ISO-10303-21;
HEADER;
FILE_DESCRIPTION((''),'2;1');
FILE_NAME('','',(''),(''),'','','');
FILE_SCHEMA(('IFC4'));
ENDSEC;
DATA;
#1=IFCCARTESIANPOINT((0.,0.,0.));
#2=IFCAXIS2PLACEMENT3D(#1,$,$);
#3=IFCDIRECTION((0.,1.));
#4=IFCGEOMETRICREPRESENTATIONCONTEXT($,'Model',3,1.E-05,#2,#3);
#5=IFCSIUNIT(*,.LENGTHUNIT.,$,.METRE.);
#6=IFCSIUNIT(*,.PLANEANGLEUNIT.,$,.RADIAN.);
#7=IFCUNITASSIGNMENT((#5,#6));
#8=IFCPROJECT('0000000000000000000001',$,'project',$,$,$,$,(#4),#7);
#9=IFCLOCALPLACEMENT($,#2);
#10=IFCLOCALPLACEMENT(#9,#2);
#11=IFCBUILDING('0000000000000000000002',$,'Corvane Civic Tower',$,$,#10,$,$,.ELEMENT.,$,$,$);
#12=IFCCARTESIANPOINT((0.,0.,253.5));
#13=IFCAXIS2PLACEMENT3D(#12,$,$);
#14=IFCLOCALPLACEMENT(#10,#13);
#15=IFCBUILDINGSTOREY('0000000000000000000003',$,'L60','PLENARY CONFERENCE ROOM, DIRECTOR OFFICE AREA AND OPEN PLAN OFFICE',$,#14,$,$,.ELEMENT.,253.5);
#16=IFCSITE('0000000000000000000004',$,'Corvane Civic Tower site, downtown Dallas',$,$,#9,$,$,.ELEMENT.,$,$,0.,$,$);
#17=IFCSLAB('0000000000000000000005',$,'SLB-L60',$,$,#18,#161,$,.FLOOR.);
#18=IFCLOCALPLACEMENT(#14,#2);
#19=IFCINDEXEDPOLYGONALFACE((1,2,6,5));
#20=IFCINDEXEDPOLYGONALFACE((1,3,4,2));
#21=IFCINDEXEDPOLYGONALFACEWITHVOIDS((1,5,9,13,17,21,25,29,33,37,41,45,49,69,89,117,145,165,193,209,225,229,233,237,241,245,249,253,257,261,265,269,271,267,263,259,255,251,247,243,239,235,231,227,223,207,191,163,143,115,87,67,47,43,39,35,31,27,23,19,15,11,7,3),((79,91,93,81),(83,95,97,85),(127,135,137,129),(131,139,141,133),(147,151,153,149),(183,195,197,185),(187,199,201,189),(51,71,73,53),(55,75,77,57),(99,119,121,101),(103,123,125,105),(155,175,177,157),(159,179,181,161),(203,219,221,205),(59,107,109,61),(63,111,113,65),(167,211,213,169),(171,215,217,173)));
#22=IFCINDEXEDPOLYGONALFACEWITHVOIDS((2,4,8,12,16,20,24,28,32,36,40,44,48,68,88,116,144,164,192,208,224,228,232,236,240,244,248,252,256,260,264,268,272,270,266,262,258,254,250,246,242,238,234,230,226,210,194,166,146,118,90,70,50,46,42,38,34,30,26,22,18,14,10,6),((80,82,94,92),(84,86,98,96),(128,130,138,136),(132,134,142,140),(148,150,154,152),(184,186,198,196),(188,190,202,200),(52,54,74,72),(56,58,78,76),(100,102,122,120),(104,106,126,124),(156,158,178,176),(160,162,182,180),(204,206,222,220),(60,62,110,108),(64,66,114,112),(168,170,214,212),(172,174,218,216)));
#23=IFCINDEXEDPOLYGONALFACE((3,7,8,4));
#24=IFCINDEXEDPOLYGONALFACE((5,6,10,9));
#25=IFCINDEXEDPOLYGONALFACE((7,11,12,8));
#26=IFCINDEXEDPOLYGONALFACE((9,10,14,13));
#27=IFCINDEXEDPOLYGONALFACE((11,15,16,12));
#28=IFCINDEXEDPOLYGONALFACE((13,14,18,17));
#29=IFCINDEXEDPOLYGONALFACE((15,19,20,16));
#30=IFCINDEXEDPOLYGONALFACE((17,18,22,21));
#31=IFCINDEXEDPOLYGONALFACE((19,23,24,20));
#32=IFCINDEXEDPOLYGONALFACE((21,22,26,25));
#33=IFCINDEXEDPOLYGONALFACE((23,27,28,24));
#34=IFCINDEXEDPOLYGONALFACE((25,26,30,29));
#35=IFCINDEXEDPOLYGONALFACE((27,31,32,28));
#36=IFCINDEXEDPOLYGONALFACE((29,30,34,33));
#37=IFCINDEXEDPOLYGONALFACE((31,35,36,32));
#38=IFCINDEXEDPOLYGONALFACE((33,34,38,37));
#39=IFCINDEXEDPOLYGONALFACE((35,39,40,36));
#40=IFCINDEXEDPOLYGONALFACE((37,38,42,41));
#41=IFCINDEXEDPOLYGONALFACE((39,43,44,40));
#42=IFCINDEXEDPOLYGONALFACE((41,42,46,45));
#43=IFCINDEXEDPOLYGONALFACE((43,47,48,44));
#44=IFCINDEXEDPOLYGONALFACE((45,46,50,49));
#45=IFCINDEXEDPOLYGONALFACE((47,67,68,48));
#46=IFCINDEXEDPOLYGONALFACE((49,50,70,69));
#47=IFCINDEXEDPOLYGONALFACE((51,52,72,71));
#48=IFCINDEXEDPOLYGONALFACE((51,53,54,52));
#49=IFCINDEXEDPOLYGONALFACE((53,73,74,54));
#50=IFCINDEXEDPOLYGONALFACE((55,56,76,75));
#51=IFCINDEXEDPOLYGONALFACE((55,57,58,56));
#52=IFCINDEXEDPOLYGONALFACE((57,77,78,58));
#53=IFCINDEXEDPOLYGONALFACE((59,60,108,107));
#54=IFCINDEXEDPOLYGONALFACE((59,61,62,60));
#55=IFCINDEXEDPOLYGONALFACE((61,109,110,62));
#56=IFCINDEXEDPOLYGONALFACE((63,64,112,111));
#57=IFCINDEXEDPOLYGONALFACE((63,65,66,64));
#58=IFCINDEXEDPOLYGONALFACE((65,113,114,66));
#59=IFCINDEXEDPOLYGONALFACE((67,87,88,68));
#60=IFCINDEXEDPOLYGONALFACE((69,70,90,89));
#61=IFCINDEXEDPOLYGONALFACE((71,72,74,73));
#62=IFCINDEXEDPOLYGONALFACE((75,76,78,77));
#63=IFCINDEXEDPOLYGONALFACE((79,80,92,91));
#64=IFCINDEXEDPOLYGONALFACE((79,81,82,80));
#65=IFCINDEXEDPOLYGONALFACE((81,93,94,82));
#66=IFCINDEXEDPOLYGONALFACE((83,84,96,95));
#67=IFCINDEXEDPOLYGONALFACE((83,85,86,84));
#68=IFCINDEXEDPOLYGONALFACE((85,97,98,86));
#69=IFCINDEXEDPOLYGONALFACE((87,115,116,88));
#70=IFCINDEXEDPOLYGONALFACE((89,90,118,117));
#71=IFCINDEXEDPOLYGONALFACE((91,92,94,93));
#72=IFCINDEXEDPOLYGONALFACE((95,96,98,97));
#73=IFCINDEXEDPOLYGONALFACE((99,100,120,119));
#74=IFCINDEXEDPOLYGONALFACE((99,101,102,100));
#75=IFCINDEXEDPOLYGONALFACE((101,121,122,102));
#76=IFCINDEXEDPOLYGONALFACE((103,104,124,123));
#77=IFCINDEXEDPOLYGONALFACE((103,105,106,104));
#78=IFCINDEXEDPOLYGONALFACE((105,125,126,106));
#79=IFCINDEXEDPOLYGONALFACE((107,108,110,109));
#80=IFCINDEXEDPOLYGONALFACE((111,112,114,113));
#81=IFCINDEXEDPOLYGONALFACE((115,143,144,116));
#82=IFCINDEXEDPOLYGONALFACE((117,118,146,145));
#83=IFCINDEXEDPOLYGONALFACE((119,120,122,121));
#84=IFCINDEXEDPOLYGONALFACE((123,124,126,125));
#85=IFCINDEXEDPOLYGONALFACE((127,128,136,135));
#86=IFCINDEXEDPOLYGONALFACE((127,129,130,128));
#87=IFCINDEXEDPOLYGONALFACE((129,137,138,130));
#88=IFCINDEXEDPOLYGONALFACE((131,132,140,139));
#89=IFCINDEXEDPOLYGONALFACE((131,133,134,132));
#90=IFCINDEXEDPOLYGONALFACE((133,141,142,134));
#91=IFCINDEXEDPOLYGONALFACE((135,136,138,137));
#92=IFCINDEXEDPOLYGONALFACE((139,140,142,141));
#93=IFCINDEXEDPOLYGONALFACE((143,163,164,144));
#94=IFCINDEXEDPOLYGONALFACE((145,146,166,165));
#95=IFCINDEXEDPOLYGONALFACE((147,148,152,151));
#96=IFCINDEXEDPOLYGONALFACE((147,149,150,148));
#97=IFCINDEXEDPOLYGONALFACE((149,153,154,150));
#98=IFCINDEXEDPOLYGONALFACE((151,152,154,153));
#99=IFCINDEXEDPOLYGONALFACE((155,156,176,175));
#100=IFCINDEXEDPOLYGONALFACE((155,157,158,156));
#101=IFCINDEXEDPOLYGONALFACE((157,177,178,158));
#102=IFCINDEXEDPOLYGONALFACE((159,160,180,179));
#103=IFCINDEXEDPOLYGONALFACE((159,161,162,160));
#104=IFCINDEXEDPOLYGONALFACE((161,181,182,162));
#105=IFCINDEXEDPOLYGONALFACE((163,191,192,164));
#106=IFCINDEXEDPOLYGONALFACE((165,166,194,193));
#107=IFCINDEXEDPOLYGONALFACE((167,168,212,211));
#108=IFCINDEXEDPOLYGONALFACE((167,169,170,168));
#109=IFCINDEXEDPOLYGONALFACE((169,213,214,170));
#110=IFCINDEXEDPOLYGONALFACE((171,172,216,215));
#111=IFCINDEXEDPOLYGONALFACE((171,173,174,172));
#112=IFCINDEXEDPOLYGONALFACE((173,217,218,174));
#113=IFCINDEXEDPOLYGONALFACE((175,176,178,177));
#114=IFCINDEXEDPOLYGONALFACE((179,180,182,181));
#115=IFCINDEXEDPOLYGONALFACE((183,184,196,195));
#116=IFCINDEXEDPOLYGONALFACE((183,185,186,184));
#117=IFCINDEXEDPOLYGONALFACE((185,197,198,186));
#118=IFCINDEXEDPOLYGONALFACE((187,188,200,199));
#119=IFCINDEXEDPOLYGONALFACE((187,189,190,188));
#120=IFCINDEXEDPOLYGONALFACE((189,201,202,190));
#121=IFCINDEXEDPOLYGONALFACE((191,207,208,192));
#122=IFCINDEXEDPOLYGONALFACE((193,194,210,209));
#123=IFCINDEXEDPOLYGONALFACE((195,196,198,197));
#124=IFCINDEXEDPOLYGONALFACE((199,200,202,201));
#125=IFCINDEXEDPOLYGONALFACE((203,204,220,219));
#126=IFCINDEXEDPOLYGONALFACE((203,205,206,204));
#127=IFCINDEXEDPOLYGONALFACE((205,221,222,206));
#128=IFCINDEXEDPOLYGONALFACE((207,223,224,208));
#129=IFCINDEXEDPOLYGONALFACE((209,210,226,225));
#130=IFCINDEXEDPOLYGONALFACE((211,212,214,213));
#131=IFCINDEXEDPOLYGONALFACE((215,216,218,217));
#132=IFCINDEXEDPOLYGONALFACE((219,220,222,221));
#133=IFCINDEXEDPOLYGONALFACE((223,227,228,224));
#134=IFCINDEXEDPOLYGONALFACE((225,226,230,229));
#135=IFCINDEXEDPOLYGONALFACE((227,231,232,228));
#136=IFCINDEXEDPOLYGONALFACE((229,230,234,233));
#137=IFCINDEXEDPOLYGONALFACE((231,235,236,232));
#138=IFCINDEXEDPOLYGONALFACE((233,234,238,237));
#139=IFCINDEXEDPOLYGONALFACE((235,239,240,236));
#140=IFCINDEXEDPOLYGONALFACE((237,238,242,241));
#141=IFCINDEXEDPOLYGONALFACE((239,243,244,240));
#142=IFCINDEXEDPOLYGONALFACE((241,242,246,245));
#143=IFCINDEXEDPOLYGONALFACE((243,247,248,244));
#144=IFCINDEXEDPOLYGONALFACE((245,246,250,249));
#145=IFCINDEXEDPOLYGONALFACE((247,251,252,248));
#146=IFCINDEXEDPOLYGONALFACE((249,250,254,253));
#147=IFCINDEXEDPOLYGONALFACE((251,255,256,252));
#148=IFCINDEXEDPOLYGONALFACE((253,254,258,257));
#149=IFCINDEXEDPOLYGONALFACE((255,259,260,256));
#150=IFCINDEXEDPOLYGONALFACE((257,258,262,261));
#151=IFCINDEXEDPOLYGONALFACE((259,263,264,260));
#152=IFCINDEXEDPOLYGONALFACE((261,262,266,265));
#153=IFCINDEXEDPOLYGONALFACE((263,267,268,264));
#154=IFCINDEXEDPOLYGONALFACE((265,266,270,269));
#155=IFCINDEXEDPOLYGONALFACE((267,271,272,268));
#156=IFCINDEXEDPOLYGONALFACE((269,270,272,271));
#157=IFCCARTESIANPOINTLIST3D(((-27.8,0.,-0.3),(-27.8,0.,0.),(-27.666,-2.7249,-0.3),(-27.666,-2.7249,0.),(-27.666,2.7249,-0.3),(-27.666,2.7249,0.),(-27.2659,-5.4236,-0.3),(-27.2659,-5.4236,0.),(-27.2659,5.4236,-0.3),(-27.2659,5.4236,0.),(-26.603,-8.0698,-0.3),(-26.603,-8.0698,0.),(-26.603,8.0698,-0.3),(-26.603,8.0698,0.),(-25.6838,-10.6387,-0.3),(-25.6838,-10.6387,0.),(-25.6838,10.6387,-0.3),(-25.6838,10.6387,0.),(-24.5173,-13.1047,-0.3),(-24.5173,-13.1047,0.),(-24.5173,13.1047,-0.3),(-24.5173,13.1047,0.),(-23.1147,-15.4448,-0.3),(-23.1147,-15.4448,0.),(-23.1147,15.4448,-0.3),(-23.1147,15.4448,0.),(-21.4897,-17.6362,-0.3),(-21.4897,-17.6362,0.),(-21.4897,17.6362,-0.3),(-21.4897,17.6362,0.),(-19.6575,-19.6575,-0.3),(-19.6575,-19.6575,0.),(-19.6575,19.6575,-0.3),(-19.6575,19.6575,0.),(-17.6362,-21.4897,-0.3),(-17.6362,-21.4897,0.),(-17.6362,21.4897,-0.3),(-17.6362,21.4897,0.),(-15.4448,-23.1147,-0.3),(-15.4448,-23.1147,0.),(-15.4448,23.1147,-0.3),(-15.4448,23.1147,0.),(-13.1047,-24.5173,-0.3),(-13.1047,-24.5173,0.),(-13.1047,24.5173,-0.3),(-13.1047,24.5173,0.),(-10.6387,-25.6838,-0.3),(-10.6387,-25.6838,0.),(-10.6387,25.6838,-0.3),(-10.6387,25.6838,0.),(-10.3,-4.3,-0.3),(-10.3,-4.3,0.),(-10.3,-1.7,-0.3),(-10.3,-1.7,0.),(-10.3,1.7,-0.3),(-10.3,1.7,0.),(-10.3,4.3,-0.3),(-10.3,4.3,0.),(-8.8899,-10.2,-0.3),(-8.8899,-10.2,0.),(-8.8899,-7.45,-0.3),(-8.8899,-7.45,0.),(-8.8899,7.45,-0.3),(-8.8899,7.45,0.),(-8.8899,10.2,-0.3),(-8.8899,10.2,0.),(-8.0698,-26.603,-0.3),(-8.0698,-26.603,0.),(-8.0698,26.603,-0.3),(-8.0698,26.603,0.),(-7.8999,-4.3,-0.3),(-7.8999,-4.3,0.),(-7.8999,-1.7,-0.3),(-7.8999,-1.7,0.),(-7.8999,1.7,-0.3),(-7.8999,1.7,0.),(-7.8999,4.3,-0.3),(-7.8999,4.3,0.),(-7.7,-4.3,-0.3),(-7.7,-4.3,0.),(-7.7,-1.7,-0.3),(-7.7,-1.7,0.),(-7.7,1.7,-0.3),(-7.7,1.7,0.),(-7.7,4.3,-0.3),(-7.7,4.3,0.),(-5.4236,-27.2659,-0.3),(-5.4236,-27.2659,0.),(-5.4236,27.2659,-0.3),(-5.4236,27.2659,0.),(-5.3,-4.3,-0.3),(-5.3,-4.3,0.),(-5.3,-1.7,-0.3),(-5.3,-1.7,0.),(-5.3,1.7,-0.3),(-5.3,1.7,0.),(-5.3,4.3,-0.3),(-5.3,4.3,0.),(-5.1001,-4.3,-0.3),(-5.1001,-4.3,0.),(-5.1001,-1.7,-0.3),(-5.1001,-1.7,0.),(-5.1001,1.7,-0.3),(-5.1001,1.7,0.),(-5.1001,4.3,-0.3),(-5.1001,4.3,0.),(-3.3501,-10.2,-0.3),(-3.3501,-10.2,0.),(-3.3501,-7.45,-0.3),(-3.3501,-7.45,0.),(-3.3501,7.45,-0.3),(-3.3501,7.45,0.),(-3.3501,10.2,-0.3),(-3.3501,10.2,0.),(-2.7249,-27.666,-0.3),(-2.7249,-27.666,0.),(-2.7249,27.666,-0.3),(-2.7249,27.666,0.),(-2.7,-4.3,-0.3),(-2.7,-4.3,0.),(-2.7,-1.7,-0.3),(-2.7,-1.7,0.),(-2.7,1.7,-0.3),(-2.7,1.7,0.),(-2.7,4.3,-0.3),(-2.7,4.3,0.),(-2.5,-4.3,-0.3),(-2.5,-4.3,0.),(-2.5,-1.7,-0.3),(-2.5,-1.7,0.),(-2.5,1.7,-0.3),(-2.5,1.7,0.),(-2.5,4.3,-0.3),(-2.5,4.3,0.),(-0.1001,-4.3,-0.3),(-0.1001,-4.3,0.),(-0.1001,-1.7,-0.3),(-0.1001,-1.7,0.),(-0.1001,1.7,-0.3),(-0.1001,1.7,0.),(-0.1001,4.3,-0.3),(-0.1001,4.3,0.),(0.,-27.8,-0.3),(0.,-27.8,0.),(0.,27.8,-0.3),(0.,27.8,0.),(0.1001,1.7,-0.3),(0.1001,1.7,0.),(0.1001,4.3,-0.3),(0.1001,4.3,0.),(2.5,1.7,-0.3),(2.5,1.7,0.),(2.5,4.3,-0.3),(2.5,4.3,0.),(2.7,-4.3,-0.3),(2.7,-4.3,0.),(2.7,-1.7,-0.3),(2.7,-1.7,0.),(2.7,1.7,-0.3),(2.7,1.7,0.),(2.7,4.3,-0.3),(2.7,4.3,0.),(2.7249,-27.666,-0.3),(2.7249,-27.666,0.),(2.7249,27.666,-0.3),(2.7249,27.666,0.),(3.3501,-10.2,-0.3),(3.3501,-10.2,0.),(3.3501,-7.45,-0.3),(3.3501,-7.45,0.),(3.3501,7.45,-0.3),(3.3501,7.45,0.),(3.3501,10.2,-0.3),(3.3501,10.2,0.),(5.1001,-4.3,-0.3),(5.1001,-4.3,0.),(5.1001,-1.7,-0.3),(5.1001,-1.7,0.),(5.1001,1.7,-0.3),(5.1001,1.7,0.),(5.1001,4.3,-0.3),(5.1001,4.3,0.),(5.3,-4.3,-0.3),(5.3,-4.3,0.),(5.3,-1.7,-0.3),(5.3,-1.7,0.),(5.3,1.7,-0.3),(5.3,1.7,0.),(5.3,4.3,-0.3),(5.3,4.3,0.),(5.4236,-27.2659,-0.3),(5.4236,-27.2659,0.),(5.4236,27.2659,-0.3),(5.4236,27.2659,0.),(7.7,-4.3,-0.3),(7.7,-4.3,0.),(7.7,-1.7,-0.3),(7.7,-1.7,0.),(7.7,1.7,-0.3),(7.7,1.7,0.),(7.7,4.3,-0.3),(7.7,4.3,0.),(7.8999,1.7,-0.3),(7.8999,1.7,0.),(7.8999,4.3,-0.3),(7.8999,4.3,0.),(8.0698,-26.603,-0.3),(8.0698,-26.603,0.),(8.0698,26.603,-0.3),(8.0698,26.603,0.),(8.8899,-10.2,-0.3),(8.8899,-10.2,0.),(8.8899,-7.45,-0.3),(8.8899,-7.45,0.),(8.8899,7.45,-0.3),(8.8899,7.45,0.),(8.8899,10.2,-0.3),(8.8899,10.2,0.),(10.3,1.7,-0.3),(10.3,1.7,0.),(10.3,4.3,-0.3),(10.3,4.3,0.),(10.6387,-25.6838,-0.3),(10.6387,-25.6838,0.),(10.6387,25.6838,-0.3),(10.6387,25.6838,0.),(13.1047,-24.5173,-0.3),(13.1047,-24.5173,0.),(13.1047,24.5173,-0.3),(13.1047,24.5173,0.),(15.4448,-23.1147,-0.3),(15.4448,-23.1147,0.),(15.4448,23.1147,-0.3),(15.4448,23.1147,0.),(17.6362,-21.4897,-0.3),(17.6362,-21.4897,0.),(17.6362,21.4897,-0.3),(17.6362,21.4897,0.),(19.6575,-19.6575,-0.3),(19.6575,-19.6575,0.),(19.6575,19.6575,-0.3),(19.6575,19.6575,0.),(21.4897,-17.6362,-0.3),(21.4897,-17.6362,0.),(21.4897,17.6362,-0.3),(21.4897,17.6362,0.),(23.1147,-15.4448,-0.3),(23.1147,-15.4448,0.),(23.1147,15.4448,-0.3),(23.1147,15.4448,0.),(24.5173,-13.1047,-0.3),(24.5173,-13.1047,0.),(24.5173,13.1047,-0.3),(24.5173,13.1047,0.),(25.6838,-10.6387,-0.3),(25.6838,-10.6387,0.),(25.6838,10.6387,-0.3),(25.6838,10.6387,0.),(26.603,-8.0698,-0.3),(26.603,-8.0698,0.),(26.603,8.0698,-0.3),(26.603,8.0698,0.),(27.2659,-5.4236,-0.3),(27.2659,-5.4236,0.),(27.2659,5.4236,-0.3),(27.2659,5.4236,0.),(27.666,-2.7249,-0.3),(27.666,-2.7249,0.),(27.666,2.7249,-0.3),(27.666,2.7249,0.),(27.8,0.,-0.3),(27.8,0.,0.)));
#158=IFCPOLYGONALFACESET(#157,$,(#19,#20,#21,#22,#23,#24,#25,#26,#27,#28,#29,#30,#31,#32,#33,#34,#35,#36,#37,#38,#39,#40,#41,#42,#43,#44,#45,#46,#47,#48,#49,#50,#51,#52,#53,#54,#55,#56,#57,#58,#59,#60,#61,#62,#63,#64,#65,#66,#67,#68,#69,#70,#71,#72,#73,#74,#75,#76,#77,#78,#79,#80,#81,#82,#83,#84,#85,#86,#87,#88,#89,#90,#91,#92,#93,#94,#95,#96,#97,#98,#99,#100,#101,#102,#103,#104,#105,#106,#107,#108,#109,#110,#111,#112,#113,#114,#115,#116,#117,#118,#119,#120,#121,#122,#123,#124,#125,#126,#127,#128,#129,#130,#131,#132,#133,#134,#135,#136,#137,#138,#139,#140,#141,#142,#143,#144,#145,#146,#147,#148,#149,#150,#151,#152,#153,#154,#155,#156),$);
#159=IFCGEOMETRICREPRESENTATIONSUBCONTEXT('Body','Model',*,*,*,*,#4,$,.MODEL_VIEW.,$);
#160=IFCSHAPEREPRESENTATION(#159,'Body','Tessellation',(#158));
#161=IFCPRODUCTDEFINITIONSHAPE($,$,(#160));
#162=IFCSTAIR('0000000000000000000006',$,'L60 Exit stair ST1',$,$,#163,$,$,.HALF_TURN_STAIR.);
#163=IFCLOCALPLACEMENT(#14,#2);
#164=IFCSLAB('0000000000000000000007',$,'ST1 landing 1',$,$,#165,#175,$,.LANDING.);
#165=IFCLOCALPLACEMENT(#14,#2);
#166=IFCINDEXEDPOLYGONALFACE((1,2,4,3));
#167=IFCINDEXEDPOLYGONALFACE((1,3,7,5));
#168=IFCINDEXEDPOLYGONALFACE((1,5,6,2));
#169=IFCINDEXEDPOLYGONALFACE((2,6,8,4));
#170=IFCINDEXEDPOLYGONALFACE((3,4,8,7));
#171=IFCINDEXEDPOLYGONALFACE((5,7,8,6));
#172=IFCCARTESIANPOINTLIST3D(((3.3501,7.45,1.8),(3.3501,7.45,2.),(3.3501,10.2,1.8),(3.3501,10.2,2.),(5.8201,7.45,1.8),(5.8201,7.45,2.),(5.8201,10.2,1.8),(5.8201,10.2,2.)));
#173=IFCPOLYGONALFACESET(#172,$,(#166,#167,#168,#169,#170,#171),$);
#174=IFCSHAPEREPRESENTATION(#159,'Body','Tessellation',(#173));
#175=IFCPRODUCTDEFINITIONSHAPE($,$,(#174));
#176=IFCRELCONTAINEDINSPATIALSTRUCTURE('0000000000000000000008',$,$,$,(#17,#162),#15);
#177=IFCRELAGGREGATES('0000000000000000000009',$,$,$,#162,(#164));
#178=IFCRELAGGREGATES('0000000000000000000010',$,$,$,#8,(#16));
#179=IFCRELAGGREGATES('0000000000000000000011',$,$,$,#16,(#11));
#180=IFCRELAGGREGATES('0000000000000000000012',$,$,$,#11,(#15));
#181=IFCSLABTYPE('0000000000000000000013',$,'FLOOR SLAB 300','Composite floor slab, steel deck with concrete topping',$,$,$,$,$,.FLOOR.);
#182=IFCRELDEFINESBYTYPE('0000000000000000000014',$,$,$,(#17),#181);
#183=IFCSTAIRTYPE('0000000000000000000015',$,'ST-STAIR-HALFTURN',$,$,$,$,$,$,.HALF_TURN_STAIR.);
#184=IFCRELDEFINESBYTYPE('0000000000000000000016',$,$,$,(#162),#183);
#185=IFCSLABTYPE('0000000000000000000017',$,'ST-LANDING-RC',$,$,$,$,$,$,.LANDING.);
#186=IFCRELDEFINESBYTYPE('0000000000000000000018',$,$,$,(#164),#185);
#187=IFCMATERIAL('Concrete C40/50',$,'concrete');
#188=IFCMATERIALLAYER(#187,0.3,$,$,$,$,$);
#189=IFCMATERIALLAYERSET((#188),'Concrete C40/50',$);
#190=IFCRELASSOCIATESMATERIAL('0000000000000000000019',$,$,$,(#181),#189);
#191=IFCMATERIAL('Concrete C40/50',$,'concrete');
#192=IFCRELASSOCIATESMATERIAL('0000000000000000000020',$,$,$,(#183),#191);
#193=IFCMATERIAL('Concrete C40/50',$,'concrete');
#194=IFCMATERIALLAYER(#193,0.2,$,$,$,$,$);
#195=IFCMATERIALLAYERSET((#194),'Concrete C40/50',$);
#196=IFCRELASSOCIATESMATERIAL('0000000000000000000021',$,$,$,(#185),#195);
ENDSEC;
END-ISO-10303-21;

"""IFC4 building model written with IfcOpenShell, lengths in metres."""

from ifc_helpers import new_model, si_unit, direction, frame, origin, place, context, subcontext, project, spatial, polyline, outline, extrude, material, layer, layer_set, type_object, element, aggregate, save


model = new_model("IFC4")

# Units and contexts
model_context = context("Model", 3, precision=1e-05, world=origin(), true_north=direction((0.0, 1.0)))
body_context = subcontext(model_context, "Body", "Model", "MODEL_VIEW")
ifc_project = project(units=[si_unit("LENGTHUNIT", "METRE"), si_unit("PLANEANGLEUNIT", "RADIAN")], contexts=[model_context])

# Site, building, storey
site_placement = place(None, origin())
site = spatial("IfcSite", under=ifc_project, at=site_placement, Name="Corvane Civic Tower site, downtown Dallas", CompositionType="ELEMENT", RefElevation=0.0)
building_placement = place(site_placement, origin())
building = spatial("IfcBuilding", under=site, at=building_placement, Name="Corvane Civic Tower", CompositionType="ELEMENT")
storey_placement = place(building_placement, frame((0.0, 0.0, 253.5)))
storey = spatial("IfcBuildingStorey", under=building, at=storey_placement, Name="L60", Description="PLENARY CONFERENCE ROOM, DIRECTOR OFFICE AREA AND OPEN PLAN OFFICE", CompositionType="ELEMENT", Elevation=253.5)

# Slab
ifc_material_1 = material(Name="Concrete C40/50", Category="concrete")
ifc_layer_1 = layer(ifc_material_1, 0.3)
ifc_layer_set_1 = layer_set([ifc_layer_1], Name="Concrete C40/50")
slab_type_1 = type_object("IfcSlabType", Name="FLOOR SLAB 300", Description="Composite floor slab, steel deck with concrete topping", PredefinedType="FLOOR", material=ifc_layer_set_1)
slab_1_placement = place(storey_placement, frame((0.0, 0.0, -0.3)))
element("IfcSlab", 1, at=slab_1_placement, inside=storey, type_object=slab_type_1, Name="SLB-L60", PredefinedType="FLOOR", context=body_context, shape_type="SweptSolid", body=[
    extrude(outline(polyline([(0.0, 27.8), (-2.7249, 27.666), (-5.4236, 27.2659), (-8.0698, 26.603), (-10.6387, 25.6838), (-13.1047, 24.5173), (-15.4448, 23.1147), (-17.6362, 21.4897), (-19.6575, 19.6575), (-21.4897, 17.6362), (-23.1147, 15.4448), (-24.5173, 13.1047), (-25.6838, 10.6387), (-26.603, 8.0698), (-27.2659, 5.4236), (-27.666, 2.7249), (-27.8, 0.0), (-27.666, -2.7249), (-27.2659, -5.4236), (-26.603, -8.0698), (-25.6838, -10.6387), (-24.5173, -13.1047), (-23.1147, -15.4448), (-21.4897, -17.6362), (-19.6575, -19.6575), (-17.6362, -21.4897), (-15.4448, -23.1147), (-13.1047, -24.5173), (-10.6387, -25.6838), (-8.0698, -26.603), (-5.4236, -27.2659), (-2.7249, -27.666), (0.0, -27.8), (2.7249, -27.666), (5.4236, -27.2659), (8.0698, -26.603), (10.6387, -25.6838), (13.1047, -24.5173), (15.4448, -23.1147), (17.6362, -21.4897), (19.6575, -19.6575), (21.4897, -17.6362), (23.1147, -15.4448), (24.5173, -13.1047), (25.6838, -10.6387), (26.603, -8.0698), (27.2659, -5.4236), (27.666, -2.7249), (27.8, 0.0), (27.666, 2.7249), (27.2659, 5.4236), (26.603, 8.0698), (25.6838, 10.6387), (24.5173, 13.1047), (23.1147, 15.4448), (21.4897, 17.6362), (19.6575, 19.6575), (17.6362, 21.4897), (15.4448, 23.1147), (13.1047, 24.5173), (10.6387, 25.6838), (8.0698, 26.603), (5.4236, 27.2659), (2.7249, 27.666), (0.0, 27.8)]), holes=[polyline([(-7.8999, 1.7), (-10.3, 1.7), (-10.3, 4.3), (-7.8999, 4.3), (-7.8999, 1.7)]), polyline([(-7.7, 4.3), (-5.3, 4.3), (-5.3, 1.7), (-7.7, 1.7), (-7.7, 4.3)]), polyline([(-5.1001, 4.3), (-2.7, 4.3), (-2.7, 1.7), (-5.1001, 1.7), (-5.1001, 4.3)]), polyline([(-0.1001, 1.7), (-2.5, 1.7), (-2.5, 4.3), (-0.1001, 4.3), (-0.1001, 1.7)]), polyline([(2.5, 1.7), (0.1001, 1.7), (0.1001, 4.3), (2.5, 4.3), (2.5, 1.7)]), polyline([(5.1001, 1.7), (2.7, 1.7), (2.7, 4.3), (5.1001, 4.3), (5.1001, 1.7)]), polyline([(5.3, 4.3), (7.7, 4.3), (7.7, 1.7), (5.3, 1.7), (5.3, 4.3)]), polyline([(7.8999, 4.3), (10.3, 4.3), (10.3, 1.7), (7.8999, 1.7), (7.8999, 4.3)]), polyline([(-10.3, -1.7), (-7.8999, -1.7), (-7.8999, -4.3), (-10.3, -4.3), (-10.3, -1.7)]), polyline([(-7.7, -1.7), (-5.3, -1.7), (-5.3, -4.3), (-7.7, -4.3), (-7.7, -1.7)]), polyline([(-5.1001, -1.7), (-2.7, -1.7), (-2.7, -4.3), (-5.1001, -4.3), (-5.1001, -1.7)]), polyline([(-2.5, -1.7), (-0.1001, -1.7), (-0.1001, -4.3), (-2.5, -4.3), (-2.5, -1.7)]), polyline([(2.7, -1.7), (5.1001, -1.7), (5.1001, -4.3), (2.7, -4.3), (2.7, -1.7)]), polyline([(5.3, -1.7), (7.7, -1.7), (7.7, -4.3), (5.3, -4.3), (5.3, -1.7)]), polyline([(8.8899, 10.2), (8.8899, 7.45), (3.3501, 7.45), (3.3501, 10.2), (8.8899, 10.2)]), polyline([(-8.8899, 7.45), (-8.8899, 10.2), (-3.3501, 10.2), (-3.3501, 7.45), (-8.8899, 7.45)]), polyline([(8.8899, -7.45), (8.8899, -10.2), (3.3501, -10.2), (3.3501, -7.45), (8.8899, -7.45)]), polyline([(-8.8899, -10.2), (-8.8899, -7.45), (-3.3501, -7.45), (-3.3501, -10.2), (-8.8899, -10.2)])]), origin(), (0.0, 0.0, 1.0), 0.3),
])

# Stair, slab
ifc_material_2 = material(Name="Concrete C40/50", Category="concrete")
stair_type = type_object("IfcStairType", Name="ST-STAIR-HALFTURN", PredefinedType="HALF_TURN_STAIR", material=ifc_material_2)
stair_1_placement = place(storey_placement, origin())
stair_1 = element("IfcStair", 2, at=stair_1_placement, inside=storey, type_object=stair_type, Name="L60 Exit stair ST1", PredefinedType="HALF_TURN_STAIR")
ifc_material_3 = material(Name="Concrete C40/50", Category="concrete")
ifc_layer_2 = layer(ifc_material_3, 0.2)
ifc_layer_set_2 = layer_set([ifc_layer_2], Name="Concrete C40/50")
slab_type_2 = type_object("IfcSlabType", Name="ST-LANDING-RC", PredefinedType="LANDING", material=ifc_layer_set_2)
slab_2_placement = place(storey_placement, frame((0.0, 0.0, 1.8)))
slab_2 = element("IfcSlab", 3, at=slab_2_placement, type_object=slab_type_2, Name="ST1 landing 1", PredefinedType="LANDING", context=body_context, shape_type="SweptSolid", body=[
    extrude(outline(polyline([(5.8201, 10.2), (3.3501, 10.2), (3.3501, 7.45), (5.8201, 7.45), (5.8201, 10.2)])), origin(), (0.0, 0.0, 1.0), 0.2),
])
aggregate(stair_1, [slab_2])

save(model, "model.ifc")
